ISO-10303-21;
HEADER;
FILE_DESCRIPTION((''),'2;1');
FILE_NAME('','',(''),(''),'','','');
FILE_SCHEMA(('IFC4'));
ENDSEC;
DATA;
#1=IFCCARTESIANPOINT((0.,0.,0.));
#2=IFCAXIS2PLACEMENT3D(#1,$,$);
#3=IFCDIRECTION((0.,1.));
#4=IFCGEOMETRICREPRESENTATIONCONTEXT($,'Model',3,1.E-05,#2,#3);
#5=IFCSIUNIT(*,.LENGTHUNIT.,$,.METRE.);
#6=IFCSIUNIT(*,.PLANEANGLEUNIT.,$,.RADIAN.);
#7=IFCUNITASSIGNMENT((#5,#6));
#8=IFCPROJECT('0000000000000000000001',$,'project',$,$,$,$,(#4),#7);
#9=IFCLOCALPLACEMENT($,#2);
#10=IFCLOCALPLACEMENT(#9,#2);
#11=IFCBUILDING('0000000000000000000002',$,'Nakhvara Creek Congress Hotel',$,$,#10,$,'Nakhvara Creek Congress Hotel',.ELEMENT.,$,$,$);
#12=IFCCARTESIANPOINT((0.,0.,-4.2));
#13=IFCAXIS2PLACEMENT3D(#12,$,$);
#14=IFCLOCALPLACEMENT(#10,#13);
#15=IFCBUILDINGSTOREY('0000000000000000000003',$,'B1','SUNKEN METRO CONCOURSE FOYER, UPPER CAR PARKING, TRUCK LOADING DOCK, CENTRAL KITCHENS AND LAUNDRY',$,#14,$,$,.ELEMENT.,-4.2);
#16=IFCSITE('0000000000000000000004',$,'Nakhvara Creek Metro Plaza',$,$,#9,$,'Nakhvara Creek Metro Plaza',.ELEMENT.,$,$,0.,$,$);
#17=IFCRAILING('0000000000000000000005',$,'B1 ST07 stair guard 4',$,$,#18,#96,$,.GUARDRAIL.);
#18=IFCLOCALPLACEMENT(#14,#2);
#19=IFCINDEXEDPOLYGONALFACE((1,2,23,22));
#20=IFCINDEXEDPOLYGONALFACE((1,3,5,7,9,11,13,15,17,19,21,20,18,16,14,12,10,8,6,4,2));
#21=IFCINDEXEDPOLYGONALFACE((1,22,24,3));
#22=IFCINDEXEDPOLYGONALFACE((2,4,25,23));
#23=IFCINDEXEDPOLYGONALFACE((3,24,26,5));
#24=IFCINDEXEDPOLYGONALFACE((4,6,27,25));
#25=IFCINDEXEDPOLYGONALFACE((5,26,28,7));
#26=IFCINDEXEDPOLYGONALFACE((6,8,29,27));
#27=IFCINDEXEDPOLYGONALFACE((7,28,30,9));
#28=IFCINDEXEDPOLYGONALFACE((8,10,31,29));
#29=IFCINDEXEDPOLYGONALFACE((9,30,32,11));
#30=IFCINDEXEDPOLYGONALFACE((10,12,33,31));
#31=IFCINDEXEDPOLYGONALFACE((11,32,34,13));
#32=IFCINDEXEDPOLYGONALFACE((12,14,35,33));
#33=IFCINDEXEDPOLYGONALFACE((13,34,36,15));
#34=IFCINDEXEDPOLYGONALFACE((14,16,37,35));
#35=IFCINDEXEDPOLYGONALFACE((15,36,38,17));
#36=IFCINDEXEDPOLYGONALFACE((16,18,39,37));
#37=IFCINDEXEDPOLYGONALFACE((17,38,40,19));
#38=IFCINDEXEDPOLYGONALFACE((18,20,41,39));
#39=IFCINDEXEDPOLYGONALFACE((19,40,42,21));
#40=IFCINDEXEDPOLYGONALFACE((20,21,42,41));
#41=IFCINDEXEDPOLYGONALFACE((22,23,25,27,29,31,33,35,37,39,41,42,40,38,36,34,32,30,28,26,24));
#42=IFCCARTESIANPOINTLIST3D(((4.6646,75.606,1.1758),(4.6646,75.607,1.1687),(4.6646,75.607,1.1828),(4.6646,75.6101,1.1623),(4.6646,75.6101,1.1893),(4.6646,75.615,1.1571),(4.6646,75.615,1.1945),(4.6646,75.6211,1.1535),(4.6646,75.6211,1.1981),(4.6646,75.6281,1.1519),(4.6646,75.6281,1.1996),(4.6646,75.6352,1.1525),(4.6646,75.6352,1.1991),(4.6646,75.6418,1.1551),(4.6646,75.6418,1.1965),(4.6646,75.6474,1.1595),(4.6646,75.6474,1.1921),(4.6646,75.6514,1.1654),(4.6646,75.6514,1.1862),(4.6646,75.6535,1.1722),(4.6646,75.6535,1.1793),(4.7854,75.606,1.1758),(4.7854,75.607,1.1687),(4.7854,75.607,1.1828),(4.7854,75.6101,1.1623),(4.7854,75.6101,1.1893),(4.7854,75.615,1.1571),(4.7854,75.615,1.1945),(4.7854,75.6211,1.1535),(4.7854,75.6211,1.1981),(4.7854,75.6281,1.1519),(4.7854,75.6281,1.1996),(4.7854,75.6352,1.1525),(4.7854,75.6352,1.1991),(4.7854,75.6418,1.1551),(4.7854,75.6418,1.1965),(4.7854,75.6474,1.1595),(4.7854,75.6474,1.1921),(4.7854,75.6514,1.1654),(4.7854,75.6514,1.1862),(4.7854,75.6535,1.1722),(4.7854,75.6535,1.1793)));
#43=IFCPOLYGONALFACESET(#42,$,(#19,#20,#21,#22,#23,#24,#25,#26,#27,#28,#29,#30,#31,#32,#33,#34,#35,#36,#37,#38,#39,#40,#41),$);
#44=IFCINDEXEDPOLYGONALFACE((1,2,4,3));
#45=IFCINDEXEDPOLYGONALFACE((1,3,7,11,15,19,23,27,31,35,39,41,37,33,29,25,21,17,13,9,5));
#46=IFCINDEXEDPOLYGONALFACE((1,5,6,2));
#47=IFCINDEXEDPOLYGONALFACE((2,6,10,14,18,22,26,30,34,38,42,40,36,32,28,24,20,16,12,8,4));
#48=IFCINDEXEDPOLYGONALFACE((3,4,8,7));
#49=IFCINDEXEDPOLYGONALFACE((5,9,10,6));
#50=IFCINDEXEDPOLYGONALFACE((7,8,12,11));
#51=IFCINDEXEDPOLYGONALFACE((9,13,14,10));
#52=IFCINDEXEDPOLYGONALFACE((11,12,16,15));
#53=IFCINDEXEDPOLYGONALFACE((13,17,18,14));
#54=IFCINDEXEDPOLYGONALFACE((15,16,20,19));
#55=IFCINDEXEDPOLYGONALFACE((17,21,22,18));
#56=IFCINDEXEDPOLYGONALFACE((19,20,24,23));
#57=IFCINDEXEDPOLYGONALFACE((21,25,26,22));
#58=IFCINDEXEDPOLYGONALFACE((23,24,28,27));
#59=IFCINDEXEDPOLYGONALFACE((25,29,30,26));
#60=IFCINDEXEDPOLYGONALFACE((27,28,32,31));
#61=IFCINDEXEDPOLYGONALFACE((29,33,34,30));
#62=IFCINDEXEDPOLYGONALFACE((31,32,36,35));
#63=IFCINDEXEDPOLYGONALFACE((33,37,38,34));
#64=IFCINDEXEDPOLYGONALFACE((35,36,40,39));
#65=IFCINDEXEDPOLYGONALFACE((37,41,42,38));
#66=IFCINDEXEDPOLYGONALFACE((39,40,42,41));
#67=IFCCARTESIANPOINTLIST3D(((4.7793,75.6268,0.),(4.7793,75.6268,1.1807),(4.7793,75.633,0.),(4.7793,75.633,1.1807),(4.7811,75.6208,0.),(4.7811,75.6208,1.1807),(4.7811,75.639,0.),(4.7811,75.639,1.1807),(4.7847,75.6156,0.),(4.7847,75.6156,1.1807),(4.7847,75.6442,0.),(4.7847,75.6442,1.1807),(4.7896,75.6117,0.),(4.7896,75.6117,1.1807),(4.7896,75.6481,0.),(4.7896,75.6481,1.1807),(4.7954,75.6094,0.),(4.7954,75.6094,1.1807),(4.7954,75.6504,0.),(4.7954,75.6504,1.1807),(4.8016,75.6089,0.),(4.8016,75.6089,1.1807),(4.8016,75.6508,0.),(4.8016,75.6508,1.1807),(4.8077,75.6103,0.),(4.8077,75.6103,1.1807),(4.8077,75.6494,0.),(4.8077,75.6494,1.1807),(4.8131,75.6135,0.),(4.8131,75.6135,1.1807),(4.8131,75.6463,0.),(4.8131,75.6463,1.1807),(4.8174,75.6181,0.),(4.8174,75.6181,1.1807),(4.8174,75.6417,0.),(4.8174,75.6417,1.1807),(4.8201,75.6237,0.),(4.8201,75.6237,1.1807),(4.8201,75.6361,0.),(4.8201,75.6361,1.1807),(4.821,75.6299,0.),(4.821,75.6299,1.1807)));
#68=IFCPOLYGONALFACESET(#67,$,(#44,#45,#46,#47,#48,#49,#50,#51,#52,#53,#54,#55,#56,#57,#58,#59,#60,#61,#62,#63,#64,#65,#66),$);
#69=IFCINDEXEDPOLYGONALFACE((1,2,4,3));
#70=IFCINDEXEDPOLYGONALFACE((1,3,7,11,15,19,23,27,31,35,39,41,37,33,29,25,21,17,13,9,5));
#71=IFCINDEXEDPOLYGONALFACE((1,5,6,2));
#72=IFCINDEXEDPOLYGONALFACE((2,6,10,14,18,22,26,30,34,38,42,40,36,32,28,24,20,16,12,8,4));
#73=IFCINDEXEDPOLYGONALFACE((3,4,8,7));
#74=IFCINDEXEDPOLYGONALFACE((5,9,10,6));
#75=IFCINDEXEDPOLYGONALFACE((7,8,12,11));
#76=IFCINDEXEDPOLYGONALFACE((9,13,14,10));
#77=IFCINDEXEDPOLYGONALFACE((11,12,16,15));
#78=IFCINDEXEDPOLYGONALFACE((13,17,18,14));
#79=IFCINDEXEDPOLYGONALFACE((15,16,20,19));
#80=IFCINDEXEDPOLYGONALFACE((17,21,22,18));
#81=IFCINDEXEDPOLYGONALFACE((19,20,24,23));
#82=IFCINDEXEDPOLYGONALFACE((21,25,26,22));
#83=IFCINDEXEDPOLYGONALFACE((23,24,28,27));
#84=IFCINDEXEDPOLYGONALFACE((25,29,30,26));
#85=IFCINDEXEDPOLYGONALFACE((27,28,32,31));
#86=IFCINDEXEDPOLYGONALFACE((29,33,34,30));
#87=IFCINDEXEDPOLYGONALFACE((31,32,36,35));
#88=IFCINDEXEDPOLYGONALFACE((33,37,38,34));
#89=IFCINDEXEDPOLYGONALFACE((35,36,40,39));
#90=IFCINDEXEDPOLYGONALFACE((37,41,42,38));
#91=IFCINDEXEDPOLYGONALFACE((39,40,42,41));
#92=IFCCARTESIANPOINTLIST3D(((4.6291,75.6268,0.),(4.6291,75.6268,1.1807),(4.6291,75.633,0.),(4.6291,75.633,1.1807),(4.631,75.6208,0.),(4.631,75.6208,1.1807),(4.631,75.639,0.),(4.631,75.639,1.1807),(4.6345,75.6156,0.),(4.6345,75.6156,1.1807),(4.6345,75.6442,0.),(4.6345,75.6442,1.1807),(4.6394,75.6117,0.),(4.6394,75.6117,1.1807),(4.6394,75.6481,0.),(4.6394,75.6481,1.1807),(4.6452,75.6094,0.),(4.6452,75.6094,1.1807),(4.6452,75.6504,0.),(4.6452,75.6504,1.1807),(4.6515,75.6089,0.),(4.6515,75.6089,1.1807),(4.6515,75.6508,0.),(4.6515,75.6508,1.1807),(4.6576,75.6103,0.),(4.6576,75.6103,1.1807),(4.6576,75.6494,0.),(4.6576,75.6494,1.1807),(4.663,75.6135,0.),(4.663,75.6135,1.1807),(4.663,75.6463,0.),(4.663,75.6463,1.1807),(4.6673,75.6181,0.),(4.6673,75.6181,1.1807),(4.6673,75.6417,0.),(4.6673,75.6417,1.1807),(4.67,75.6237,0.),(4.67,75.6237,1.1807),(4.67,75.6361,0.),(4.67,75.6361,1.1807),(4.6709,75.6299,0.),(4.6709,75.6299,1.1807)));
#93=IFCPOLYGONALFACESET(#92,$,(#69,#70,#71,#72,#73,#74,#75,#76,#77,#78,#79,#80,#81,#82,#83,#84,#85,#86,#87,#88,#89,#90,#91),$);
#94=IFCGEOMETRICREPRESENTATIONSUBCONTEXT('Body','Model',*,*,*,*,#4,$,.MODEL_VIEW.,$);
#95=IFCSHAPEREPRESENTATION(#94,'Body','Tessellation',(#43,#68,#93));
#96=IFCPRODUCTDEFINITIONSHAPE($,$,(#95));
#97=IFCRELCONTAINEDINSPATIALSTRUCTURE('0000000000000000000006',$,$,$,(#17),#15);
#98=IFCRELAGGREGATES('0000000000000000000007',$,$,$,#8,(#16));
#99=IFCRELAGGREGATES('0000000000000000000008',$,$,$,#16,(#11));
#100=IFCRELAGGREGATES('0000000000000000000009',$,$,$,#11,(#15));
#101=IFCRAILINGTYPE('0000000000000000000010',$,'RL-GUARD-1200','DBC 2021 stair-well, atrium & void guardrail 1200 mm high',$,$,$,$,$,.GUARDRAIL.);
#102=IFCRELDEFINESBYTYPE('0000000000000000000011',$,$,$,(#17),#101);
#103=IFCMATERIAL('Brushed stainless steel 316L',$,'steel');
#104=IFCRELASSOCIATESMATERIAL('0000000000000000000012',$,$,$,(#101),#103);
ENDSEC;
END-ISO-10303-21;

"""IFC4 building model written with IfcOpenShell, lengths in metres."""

from ifc_helpers import new_model, si_unit, direction, frame, origin, origin_2d, place, context, subcontext, project, spatial, circle, extrude, material, type_object, element, save


model = new_model("IFC4")

# Units and contexts
model_context = context("Model", 3, precision=1e-05, world=origin(), true_north=direction((0.0, 1.0)))
body_context = subcontext(model_context, "Body", "Model", "MODEL_VIEW")
ifc_project = project(units=[si_unit("LENGTHUNIT", "METRE"), si_unit("PLANEANGLEUNIT", "RADIAN")], contexts=[model_context])

# Site, building, storey
site_placement = place(None, origin())
site = spatial("IfcSite", under=ifc_project, at=site_placement, Name="Nakhvara Creek Metro Plaza", LongName="Nakhvara Creek Metro Plaza", CompositionType="ELEMENT", RefElevation=0.0)
building_placement = place(site_placement, origin())
building = spatial("IfcBuilding", under=site, at=building_placement, Name="Nakhvara Creek Congress Hotel", LongName="Nakhvara Creek Congress Hotel", CompositionType="ELEMENT")
storey_placement = place(building_placement, frame((0.0, 0.0, -4.2)))
storey = spatial("IfcBuildingStorey", under=building, at=storey_placement, Name="B1", Description="SUNKEN METRO CONCOURSE FOYER, UPPER CAR PARKING, TRUCK LOADING DOCK, CENTRAL KITCHENS AND LAUNDRY", CompositionType="ELEMENT", Elevation=-4.2)

# Railing
ifc_material_1 = material(Name="Brushed stainless steel 316L", Category="steel")
railing_type_1 = type_object("IfcRailingType", Name="RL-GUARD-1200", Description="DBC 2021 stair-well, atrium & void guardrail 1200 mm high", PredefinedType="GUARDRAIL", material=ifc_material_1)
railing_1_placement = place(storey_placement, frame((4.8, 75.6299, 0.0)))
element("IfcRailing", 1, at=railing_1_placement, inside=storey, type_object=railing_type_1, Name="B1 ST07 stair guard 4", PredefinedType="GUARDRAIL", context=body_context, shape_type="SweptSolid", body=[
    extrude(circle(Radius=0.0239, at=origin_2d()), frame((-0.0146, 0.0, 1.1758), z_axis=(-1.0, 0.0, 0.0), x_axis=(0.0, -1.0, 0.0)), (0.0, 0.0, 1.0), 0.1208),
    extrude(circle(Radius=0.021, at=origin_2d()), origin(), (0.0, 0.0, 1.0), 1.1807),
    extrude(circle(Radius=0.021, at=origin_2d()), frame((-0.1501, 0.0, 0.0)), (0.0, 0.0, 1.0), 1.1807),
])

save(model, "model.ifc")
